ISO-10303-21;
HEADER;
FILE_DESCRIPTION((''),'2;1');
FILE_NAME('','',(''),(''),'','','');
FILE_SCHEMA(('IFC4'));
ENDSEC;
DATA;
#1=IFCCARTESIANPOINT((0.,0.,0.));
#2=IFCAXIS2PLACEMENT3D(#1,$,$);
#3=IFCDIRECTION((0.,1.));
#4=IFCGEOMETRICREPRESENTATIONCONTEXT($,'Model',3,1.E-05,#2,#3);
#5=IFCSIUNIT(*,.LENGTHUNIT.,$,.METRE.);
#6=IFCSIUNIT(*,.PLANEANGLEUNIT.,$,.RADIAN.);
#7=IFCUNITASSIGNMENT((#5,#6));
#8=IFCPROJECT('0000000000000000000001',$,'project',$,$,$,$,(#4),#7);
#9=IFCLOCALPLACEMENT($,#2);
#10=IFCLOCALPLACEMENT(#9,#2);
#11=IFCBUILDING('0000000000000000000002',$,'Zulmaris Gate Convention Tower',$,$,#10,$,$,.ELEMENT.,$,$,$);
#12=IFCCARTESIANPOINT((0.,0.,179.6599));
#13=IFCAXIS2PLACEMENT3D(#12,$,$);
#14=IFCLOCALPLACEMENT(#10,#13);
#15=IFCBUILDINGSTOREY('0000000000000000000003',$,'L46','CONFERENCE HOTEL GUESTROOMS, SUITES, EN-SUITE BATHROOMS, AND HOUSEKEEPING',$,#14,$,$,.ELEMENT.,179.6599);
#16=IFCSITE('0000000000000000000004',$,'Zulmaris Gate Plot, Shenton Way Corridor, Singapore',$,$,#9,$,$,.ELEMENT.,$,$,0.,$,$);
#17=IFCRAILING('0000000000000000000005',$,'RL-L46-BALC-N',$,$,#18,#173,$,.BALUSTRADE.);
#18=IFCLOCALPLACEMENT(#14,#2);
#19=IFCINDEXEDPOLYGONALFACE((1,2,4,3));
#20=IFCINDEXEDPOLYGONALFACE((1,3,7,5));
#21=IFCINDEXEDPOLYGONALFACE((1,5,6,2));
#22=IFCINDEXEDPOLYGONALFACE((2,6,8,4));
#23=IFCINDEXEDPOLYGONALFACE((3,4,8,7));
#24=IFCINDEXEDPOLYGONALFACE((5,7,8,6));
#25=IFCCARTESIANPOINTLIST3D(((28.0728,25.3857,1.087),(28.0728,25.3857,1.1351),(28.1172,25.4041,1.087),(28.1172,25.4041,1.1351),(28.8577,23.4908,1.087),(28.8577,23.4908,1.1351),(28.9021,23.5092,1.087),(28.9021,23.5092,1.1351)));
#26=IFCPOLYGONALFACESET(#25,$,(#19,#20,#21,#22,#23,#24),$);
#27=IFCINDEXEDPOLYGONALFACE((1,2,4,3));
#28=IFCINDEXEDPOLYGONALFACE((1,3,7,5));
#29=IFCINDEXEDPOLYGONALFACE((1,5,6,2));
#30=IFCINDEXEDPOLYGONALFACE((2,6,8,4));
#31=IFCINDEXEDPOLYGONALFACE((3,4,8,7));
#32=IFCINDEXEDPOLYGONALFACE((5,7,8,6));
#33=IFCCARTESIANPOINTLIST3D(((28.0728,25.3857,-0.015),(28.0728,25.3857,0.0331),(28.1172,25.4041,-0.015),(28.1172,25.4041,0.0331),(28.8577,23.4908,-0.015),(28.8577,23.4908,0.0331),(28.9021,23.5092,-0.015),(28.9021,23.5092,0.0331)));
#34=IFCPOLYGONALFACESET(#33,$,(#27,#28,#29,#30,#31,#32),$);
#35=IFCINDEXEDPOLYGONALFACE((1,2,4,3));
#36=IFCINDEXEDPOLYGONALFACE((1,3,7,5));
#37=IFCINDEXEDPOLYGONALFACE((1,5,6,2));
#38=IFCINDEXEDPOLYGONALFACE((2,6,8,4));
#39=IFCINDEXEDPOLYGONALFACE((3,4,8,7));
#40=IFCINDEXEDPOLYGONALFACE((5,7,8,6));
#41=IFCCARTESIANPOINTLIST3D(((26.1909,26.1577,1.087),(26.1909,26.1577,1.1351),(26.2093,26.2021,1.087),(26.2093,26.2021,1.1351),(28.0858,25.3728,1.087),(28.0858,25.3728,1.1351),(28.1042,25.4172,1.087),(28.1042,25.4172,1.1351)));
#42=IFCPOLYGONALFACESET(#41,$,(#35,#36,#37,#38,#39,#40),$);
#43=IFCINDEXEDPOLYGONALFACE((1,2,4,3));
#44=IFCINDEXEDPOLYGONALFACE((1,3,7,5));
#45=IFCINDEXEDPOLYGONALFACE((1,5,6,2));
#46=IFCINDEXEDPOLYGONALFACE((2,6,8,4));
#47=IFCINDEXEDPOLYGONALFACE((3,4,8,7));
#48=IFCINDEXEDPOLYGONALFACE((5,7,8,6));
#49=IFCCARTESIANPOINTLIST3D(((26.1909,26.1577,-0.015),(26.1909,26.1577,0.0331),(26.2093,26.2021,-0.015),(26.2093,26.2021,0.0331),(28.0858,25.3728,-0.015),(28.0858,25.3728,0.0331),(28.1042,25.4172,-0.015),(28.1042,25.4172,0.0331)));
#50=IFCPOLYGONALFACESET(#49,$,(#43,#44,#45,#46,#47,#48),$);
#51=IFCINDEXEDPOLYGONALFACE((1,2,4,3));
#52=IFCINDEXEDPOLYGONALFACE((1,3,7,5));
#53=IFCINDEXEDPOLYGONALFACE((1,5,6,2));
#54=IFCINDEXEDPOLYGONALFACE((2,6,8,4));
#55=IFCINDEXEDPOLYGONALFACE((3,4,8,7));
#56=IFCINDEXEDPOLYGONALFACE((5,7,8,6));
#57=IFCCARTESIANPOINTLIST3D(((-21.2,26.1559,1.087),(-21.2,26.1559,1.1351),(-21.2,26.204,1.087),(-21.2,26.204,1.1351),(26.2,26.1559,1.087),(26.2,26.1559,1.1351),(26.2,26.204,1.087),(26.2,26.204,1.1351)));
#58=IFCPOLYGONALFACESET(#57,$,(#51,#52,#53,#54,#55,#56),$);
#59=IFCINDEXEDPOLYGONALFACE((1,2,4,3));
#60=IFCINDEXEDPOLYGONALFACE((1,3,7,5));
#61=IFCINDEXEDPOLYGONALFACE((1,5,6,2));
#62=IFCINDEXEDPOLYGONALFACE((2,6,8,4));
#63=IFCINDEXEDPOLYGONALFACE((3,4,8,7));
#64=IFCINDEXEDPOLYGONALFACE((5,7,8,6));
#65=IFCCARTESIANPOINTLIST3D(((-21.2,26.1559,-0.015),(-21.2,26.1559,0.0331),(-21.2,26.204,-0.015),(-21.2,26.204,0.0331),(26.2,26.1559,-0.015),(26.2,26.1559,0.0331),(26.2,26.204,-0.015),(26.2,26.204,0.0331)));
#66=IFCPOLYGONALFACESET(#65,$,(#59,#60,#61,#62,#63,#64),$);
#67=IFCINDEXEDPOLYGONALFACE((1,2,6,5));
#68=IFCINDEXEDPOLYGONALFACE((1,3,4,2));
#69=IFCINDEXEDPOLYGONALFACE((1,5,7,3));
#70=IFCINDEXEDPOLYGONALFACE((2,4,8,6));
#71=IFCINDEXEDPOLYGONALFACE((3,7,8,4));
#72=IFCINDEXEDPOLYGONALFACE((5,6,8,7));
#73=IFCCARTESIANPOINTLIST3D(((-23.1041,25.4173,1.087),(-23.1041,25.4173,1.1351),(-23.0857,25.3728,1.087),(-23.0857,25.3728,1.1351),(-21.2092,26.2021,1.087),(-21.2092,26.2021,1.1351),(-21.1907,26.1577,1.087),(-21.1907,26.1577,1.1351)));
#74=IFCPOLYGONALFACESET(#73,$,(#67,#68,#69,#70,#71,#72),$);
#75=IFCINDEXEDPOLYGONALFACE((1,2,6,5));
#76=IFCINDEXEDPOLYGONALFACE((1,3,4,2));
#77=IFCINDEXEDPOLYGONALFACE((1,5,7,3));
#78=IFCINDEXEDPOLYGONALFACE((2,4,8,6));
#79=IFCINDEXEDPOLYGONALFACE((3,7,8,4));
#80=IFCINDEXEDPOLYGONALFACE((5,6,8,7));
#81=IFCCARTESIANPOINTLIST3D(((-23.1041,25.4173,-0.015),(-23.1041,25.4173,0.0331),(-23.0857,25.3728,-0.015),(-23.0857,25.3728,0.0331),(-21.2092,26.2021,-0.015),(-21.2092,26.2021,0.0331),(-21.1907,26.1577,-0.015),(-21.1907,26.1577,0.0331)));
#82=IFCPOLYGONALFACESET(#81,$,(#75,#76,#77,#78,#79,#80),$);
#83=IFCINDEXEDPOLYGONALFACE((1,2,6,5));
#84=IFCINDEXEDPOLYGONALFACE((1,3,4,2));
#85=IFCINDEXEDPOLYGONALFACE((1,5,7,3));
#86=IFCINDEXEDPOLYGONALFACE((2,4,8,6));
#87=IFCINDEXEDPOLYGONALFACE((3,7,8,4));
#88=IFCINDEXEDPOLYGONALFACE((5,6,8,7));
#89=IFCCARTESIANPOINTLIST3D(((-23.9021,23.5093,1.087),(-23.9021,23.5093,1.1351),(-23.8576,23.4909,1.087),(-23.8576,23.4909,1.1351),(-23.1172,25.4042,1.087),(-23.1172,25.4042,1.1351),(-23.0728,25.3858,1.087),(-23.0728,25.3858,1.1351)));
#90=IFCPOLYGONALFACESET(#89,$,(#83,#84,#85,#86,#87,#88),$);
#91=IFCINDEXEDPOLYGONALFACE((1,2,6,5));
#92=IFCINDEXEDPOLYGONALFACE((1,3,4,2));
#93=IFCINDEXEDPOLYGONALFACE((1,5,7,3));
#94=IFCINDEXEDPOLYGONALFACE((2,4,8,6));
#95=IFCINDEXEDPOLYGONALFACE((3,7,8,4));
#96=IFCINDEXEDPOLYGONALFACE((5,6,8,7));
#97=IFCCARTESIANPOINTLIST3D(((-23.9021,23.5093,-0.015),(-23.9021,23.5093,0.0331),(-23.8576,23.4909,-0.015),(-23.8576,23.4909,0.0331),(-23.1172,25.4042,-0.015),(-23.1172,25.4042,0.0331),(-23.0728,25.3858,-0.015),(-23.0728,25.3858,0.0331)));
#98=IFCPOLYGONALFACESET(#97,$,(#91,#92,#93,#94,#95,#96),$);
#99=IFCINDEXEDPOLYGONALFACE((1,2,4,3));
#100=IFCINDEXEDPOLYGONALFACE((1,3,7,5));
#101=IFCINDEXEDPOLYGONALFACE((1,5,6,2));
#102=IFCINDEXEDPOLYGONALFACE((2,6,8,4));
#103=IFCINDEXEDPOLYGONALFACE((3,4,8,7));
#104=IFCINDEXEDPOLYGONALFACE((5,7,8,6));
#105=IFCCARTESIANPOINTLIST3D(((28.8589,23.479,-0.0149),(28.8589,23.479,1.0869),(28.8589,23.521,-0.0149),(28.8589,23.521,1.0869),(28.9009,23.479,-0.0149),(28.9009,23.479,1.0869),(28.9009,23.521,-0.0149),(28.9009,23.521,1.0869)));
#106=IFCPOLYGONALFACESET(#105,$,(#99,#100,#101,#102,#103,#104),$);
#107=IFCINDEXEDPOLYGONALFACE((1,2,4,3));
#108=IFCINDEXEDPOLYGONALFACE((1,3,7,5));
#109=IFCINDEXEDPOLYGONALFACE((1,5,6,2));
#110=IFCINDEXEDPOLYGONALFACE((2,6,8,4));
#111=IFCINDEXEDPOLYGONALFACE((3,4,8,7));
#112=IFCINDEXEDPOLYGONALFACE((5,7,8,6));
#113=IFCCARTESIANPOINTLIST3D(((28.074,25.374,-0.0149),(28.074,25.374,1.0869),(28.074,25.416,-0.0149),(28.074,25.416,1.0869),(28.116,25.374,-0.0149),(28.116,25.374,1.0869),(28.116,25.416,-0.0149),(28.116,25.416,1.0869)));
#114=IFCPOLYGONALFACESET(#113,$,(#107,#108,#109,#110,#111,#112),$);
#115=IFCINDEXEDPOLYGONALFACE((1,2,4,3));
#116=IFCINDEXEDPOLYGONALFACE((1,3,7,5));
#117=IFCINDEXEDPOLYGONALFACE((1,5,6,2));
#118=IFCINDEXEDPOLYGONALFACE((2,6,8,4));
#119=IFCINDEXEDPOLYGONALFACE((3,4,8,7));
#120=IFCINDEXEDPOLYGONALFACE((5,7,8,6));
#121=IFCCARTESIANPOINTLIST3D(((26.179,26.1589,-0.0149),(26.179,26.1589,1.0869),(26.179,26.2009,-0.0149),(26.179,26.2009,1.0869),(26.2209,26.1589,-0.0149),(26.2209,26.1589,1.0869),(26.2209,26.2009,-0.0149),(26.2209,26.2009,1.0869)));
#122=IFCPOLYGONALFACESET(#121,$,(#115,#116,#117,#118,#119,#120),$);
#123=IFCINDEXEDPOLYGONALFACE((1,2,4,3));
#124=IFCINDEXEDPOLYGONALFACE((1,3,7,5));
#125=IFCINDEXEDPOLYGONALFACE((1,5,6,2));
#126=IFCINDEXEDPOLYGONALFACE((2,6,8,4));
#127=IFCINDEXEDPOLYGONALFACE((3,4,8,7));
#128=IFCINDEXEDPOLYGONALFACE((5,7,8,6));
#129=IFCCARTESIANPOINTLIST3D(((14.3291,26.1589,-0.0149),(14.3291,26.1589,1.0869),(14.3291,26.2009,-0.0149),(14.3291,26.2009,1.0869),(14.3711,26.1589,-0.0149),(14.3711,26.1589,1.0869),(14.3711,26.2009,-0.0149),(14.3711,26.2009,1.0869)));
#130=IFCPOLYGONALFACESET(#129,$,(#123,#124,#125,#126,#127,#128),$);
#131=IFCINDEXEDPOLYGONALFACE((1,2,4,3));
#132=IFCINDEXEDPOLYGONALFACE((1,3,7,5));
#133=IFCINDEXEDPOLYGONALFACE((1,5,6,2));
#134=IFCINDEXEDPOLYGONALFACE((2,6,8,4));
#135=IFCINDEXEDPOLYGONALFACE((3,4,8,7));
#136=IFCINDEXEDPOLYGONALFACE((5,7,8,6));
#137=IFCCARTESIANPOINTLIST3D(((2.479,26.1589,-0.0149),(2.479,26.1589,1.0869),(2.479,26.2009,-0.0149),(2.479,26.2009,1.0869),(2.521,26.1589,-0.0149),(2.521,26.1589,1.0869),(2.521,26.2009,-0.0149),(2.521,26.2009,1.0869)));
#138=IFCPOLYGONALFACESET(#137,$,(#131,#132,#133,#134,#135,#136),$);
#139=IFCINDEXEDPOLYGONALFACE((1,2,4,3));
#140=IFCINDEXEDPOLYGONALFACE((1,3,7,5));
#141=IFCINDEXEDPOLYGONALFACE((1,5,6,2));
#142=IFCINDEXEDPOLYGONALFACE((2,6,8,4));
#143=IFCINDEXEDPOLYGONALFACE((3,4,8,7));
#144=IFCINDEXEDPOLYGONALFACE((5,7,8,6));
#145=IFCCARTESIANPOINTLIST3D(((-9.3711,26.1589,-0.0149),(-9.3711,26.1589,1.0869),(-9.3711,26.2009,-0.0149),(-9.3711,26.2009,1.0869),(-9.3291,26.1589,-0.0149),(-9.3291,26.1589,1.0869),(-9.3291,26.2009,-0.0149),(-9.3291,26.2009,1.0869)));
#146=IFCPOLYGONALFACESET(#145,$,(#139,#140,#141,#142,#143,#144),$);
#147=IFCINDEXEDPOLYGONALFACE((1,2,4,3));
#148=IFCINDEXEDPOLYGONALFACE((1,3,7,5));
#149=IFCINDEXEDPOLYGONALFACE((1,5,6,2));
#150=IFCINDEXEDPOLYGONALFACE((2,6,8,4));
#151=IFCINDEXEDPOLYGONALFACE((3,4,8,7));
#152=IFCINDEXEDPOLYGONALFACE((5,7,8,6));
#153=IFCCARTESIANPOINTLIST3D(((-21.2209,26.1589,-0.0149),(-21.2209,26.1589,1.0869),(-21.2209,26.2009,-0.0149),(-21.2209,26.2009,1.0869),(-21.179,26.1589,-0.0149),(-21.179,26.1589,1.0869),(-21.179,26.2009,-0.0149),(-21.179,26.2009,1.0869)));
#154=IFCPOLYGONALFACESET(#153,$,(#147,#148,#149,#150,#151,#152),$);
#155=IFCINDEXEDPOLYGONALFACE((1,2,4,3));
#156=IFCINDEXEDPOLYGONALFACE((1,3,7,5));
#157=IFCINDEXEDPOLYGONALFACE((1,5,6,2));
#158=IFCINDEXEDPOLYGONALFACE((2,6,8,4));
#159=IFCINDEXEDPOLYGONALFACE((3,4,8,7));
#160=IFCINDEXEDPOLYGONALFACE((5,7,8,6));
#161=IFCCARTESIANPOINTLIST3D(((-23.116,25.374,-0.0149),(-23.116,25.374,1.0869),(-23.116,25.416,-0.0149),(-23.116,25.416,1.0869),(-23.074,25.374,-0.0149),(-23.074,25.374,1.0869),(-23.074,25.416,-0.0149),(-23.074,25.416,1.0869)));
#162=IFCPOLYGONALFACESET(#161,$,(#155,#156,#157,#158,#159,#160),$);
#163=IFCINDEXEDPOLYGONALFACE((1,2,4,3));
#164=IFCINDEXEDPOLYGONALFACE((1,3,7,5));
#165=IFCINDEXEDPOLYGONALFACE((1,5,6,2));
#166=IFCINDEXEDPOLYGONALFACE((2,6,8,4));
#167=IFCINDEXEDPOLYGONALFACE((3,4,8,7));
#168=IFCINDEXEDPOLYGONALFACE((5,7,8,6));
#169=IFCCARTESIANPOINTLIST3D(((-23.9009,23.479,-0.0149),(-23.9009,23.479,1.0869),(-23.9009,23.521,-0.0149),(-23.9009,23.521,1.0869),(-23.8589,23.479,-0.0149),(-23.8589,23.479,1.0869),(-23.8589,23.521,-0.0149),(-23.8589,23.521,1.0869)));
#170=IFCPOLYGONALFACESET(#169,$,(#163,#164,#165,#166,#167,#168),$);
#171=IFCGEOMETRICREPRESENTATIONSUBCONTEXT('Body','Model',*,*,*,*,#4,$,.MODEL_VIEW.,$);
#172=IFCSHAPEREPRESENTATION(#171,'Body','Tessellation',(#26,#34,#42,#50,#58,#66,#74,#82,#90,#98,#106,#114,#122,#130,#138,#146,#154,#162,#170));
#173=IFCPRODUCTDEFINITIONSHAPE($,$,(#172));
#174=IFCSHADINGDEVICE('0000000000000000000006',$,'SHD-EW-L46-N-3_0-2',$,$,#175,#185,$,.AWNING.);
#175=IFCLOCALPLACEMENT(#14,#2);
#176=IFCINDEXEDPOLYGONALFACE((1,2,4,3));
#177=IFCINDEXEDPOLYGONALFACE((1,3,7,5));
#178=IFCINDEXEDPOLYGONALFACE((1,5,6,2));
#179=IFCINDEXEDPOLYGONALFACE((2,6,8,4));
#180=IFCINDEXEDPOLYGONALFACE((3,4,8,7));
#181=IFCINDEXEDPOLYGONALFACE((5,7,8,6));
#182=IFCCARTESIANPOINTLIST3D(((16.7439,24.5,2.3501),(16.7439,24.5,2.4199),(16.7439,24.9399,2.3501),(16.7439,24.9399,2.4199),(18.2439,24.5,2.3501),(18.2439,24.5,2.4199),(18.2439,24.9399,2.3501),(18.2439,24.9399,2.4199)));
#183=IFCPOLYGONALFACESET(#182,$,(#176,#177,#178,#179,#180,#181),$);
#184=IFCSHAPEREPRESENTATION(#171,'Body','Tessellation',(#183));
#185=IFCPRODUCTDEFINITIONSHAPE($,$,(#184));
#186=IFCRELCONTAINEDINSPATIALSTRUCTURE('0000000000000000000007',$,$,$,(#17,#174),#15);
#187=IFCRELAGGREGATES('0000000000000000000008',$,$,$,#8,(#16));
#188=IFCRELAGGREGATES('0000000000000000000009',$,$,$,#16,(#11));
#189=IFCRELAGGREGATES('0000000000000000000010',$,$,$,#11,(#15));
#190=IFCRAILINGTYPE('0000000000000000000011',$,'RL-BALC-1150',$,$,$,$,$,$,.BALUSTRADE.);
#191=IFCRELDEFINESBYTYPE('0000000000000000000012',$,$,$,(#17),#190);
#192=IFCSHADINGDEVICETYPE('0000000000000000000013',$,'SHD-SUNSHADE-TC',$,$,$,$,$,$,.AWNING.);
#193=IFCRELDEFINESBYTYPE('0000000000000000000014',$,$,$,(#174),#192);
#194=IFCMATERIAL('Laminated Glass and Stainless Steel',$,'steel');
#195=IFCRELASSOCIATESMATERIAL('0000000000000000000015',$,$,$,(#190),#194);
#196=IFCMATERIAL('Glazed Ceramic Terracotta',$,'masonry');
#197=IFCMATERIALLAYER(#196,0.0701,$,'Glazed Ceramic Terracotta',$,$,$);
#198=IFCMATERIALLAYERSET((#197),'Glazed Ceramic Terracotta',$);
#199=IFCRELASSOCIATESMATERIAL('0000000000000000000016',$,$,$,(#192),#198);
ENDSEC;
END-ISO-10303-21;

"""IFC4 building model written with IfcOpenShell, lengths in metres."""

from ifc_helpers import new_model, si_unit, direction, frame, frame_2d, origin, origin_2d, place, context, subcontext, project, spatial, rectangle, extrude, material, layer, layer_set, type_object, element, save


model = new_model("IFC4")

# Units and contexts
model_context = context("Model", 3, precision=1e-05, world=origin(), true_north=direction((0.0, 1.0)))
body_context = subcontext(model_context, "Body", "Model", "MODEL_VIEW")
ifc_project = project(units=[si_unit("LENGTHUNIT", "METRE"), si_unit("PLANEANGLEUNIT", "RADIAN")], contexts=[model_context])

# Site, building, storey
site_placement = place(None, origin())
site = spatial("IfcSite", under=ifc_project, at=site_placement, Name="Zulmaris Gate Plot, Shenton Way Corridor, Singapore", CompositionType="ELEMENT", RefElevation=0.0)
building_placement = place(site_placement, origin())
building = spatial("IfcBuilding", under=site, at=building_placement, Name="Zulmaris Gate Convention Tower", CompositionType="ELEMENT")
storey_placement = place(building_placement, frame((0.0, 0.0, 179.6599)))
storey = spatial("IfcBuildingStorey", under=building, at=storey_placement, Name="L46", Description="CONFERENCE HOTEL GUESTROOMS, SUITES, EN-SUITE BATHROOMS, AND HOUSEKEEPING", CompositionType="ELEMENT", Elevation=179.6599)

# Railing
ifc_material_1 = material(Name="Laminated Glass and Stainless Steel", Category="steel")
railing_type = type_object("IfcRailingType", Name="RL-BALC-1150", PredefinedType="BALUSTRADE", material=ifc_material_1)
railing_placement = place(storey_placement, frame((28.8799, 23.5, -0.0149)))
element("IfcRailing", 1, at=railing_placement, inside=storey, type_object=railing_type, Name="RL-L46-BALC-N", PredefinedType="BALUSTRADE", context=body_context, shape_type="SweptSolid", body=[
    extrude(rectangle(XDim=0.0481, YDim=0.0481, at=origin_2d()), frame((0.0, 0.0, 1.126), z_axis=(-0.382671, 0.923885, 0.0), x_axis=(-0.923885, -0.382671, 0.0)), (0.0, 0.0, 1.0), 2.051),
    extrude(rectangle(XDim=0.0481, YDim=0.0481, at=origin_2d()), frame((0.0, 0.0, 0.0239), z_axis=(-0.382671, 0.923885, 0.0), x_axis=(-0.923885, -0.382671, 0.0)), (0.0, 0.0, 1.0), 2.051),
    extrude(rectangle(XDim=0.0481, YDim=0.0481, at=origin_2d()), frame((-0.7849, 1.895, 1.126), z_axis=(-0.923885, 0.382671, 0.0), x_axis=(-0.382671, -0.923885, 0.0)), (0.0, 0.0, 1.0), 2.051),
    extrude(rectangle(XDim=0.0481, YDim=0.0481, at=origin_2d()), frame((-0.7849, 1.895, 0.0239), z_axis=(-0.923885, 0.382671, 0.0), x_axis=(-0.382671, -0.923885, 0.0)), (0.0, 0.0, 1.0), 2.051),
    extrude(rectangle(XDim=0.0481, YDim=0.0481, at=origin_2d()), frame((-2.6799, 2.6799, 1.126), z_axis=(-1.0, 0.0, 0.0), x_axis=(0.0, -1.0, 0.0)), (0.0, 0.0, 1.0), 47.3999),
    extrude(rectangle(XDim=0.0481, YDim=0.0481, at=origin_2d()), frame((-2.6799, 2.6799, 0.0239), z_axis=(-1.0, 0.0, 0.0), x_axis=(0.0, -1.0, 0.0)), (0.0, 0.0, 1.0), 47.3999),
    extrude(rectangle(XDim=0.0481, YDim=0.0481, at=origin_2d()), frame((-50.0798, 2.6799, 1.126), z_axis=(-0.923885, -0.382671, 0.0), x_axis=(0.382671, -0.923885, 0.0)), (0.0, 0.0, 1.0), 2.051),
    extrude(rectangle(XDim=0.0481, YDim=0.0481, at=origin_2d()), frame((-50.0798, 2.6799, 0.0239), z_axis=(-0.923885, -0.382671, 0.0), x_axis=(0.382671, -0.923885, 0.0)), (0.0, 0.0, 1.0), 2.051),
    extrude(rectangle(XDim=0.0481, YDim=0.0481, at=origin_2d()), frame((-51.9749, 1.895, 1.126), z_axis=(-0.382671, -0.923885, 0.0), x_axis=(0.923885, -0.382671, 0.0)), (0.0, 0.0, 1.0), 2.051),
    extrude(rectangle(XDim=0.0481, YDim=0.0481, at=origin_2d()), frame((-51.9749, 1.895, 0.0239), z_axis=(-0.382671, -0.923885, 0.0), x_axis=(0.923885, -0.382671, 0.0)), (0.0, 0.0, 1.0), 2.051),
    extrude(rectangle(XDim=0.042, YDim=0.042, at=origin_2d()), origin(), (0.0, 0.0, 1.0), 1.1018),
    extrude(rectangle(XDim=0.042, YDim=0.042, at=origin_2d()), frame((-0.7849, 1.895, 0.0)), (0.0, 0.0, 1.0), 1.1018),
    extrude(rectangle(XDim=0.042, YDim=0.042, at=origin_2d()), frame((-2.6799, 2.6799, 0.0)), (0.0, 0.0, 1.0), 1.1018),
    extrude(rectangle(XDim=0.042, YDim=0.042, at=origin_2d()), frame((-14.5298, 2.6799, 0.0)), (0.0, 0.0, 1.0), 1.1018),
    extrude(rectangle(XDim=0.042, YDim=0.042, at=origin_2d()), frame((-26.3799, 2.6799, 0.0)), (0.0, 0.0, 1.0), 1.1018),
    extrude(rectangle(XDim=0.042, YDim=0.042, at=origin_2d()), frame((-38.23, 2.6799, 0.0)), (0.0, 0.0, 1.0), 1.1018),
    extrude(rectangle(XDim=0.042, YDim=0.042, at=origin_2d()), frame((-50.0798, 2.6799, 0.0)), (0.0, 0.0, 1.0), 1.1018),
    extrude(rectangle(XDim=0.042, YDim=0.042, at=origin_2d()), frame((-51.9749, 1.895, 0.0)), (0.0, 0.0, 1.0), 1.1018),
    extrude(rectangle(XDim=0.042, YDim=0.042, at=origin_2d()), frame((-52.7598, 0.0, 0.0)), (0.0, 0.0, 1.0), 1.1018),
])

# Shading device
ifc_material_2 = material(Name="Glazed Ceramic Terracotta", Category="masonry")
ifc_layer_1 = layer(ifc_material_2, 0.0701, Name="Glazed Ceramic Terracotta")
ifc_layer_set_1 = layer_set([ifc_layer_1], Name="Glazed Ceramic Terracotta")
shading_device_type = type_object("IfcShadingDeviceType", Name="SHD-SUNSHADE-TC", PredefinedType="AWNING", material=ifc_layer_set_1)
shading_device_placement = place(storey_placement, frame((18.2439, 24.72, 2.3501), z_axis=(0.0, 0.0, 1.0), x_axis=(-1.0, 0.0, 0.0)))
element("IfcShadingDevice", 2, at=shading_device_placement, inside=storey, type_object=shading_device_type, Name="SHD-EW-L46-N-3_0-2", PredefinedType="AWNING", context=body_context, shape_type="SweptSolid", body=[
    extrude(rectangle(XDim=1.5, YDim=0.4399, at=frame_2d((0.75, 0.0))), origin(), (0.0, 0.0, 1.0), 0.0698),
])

save(model, "model.ifc")
